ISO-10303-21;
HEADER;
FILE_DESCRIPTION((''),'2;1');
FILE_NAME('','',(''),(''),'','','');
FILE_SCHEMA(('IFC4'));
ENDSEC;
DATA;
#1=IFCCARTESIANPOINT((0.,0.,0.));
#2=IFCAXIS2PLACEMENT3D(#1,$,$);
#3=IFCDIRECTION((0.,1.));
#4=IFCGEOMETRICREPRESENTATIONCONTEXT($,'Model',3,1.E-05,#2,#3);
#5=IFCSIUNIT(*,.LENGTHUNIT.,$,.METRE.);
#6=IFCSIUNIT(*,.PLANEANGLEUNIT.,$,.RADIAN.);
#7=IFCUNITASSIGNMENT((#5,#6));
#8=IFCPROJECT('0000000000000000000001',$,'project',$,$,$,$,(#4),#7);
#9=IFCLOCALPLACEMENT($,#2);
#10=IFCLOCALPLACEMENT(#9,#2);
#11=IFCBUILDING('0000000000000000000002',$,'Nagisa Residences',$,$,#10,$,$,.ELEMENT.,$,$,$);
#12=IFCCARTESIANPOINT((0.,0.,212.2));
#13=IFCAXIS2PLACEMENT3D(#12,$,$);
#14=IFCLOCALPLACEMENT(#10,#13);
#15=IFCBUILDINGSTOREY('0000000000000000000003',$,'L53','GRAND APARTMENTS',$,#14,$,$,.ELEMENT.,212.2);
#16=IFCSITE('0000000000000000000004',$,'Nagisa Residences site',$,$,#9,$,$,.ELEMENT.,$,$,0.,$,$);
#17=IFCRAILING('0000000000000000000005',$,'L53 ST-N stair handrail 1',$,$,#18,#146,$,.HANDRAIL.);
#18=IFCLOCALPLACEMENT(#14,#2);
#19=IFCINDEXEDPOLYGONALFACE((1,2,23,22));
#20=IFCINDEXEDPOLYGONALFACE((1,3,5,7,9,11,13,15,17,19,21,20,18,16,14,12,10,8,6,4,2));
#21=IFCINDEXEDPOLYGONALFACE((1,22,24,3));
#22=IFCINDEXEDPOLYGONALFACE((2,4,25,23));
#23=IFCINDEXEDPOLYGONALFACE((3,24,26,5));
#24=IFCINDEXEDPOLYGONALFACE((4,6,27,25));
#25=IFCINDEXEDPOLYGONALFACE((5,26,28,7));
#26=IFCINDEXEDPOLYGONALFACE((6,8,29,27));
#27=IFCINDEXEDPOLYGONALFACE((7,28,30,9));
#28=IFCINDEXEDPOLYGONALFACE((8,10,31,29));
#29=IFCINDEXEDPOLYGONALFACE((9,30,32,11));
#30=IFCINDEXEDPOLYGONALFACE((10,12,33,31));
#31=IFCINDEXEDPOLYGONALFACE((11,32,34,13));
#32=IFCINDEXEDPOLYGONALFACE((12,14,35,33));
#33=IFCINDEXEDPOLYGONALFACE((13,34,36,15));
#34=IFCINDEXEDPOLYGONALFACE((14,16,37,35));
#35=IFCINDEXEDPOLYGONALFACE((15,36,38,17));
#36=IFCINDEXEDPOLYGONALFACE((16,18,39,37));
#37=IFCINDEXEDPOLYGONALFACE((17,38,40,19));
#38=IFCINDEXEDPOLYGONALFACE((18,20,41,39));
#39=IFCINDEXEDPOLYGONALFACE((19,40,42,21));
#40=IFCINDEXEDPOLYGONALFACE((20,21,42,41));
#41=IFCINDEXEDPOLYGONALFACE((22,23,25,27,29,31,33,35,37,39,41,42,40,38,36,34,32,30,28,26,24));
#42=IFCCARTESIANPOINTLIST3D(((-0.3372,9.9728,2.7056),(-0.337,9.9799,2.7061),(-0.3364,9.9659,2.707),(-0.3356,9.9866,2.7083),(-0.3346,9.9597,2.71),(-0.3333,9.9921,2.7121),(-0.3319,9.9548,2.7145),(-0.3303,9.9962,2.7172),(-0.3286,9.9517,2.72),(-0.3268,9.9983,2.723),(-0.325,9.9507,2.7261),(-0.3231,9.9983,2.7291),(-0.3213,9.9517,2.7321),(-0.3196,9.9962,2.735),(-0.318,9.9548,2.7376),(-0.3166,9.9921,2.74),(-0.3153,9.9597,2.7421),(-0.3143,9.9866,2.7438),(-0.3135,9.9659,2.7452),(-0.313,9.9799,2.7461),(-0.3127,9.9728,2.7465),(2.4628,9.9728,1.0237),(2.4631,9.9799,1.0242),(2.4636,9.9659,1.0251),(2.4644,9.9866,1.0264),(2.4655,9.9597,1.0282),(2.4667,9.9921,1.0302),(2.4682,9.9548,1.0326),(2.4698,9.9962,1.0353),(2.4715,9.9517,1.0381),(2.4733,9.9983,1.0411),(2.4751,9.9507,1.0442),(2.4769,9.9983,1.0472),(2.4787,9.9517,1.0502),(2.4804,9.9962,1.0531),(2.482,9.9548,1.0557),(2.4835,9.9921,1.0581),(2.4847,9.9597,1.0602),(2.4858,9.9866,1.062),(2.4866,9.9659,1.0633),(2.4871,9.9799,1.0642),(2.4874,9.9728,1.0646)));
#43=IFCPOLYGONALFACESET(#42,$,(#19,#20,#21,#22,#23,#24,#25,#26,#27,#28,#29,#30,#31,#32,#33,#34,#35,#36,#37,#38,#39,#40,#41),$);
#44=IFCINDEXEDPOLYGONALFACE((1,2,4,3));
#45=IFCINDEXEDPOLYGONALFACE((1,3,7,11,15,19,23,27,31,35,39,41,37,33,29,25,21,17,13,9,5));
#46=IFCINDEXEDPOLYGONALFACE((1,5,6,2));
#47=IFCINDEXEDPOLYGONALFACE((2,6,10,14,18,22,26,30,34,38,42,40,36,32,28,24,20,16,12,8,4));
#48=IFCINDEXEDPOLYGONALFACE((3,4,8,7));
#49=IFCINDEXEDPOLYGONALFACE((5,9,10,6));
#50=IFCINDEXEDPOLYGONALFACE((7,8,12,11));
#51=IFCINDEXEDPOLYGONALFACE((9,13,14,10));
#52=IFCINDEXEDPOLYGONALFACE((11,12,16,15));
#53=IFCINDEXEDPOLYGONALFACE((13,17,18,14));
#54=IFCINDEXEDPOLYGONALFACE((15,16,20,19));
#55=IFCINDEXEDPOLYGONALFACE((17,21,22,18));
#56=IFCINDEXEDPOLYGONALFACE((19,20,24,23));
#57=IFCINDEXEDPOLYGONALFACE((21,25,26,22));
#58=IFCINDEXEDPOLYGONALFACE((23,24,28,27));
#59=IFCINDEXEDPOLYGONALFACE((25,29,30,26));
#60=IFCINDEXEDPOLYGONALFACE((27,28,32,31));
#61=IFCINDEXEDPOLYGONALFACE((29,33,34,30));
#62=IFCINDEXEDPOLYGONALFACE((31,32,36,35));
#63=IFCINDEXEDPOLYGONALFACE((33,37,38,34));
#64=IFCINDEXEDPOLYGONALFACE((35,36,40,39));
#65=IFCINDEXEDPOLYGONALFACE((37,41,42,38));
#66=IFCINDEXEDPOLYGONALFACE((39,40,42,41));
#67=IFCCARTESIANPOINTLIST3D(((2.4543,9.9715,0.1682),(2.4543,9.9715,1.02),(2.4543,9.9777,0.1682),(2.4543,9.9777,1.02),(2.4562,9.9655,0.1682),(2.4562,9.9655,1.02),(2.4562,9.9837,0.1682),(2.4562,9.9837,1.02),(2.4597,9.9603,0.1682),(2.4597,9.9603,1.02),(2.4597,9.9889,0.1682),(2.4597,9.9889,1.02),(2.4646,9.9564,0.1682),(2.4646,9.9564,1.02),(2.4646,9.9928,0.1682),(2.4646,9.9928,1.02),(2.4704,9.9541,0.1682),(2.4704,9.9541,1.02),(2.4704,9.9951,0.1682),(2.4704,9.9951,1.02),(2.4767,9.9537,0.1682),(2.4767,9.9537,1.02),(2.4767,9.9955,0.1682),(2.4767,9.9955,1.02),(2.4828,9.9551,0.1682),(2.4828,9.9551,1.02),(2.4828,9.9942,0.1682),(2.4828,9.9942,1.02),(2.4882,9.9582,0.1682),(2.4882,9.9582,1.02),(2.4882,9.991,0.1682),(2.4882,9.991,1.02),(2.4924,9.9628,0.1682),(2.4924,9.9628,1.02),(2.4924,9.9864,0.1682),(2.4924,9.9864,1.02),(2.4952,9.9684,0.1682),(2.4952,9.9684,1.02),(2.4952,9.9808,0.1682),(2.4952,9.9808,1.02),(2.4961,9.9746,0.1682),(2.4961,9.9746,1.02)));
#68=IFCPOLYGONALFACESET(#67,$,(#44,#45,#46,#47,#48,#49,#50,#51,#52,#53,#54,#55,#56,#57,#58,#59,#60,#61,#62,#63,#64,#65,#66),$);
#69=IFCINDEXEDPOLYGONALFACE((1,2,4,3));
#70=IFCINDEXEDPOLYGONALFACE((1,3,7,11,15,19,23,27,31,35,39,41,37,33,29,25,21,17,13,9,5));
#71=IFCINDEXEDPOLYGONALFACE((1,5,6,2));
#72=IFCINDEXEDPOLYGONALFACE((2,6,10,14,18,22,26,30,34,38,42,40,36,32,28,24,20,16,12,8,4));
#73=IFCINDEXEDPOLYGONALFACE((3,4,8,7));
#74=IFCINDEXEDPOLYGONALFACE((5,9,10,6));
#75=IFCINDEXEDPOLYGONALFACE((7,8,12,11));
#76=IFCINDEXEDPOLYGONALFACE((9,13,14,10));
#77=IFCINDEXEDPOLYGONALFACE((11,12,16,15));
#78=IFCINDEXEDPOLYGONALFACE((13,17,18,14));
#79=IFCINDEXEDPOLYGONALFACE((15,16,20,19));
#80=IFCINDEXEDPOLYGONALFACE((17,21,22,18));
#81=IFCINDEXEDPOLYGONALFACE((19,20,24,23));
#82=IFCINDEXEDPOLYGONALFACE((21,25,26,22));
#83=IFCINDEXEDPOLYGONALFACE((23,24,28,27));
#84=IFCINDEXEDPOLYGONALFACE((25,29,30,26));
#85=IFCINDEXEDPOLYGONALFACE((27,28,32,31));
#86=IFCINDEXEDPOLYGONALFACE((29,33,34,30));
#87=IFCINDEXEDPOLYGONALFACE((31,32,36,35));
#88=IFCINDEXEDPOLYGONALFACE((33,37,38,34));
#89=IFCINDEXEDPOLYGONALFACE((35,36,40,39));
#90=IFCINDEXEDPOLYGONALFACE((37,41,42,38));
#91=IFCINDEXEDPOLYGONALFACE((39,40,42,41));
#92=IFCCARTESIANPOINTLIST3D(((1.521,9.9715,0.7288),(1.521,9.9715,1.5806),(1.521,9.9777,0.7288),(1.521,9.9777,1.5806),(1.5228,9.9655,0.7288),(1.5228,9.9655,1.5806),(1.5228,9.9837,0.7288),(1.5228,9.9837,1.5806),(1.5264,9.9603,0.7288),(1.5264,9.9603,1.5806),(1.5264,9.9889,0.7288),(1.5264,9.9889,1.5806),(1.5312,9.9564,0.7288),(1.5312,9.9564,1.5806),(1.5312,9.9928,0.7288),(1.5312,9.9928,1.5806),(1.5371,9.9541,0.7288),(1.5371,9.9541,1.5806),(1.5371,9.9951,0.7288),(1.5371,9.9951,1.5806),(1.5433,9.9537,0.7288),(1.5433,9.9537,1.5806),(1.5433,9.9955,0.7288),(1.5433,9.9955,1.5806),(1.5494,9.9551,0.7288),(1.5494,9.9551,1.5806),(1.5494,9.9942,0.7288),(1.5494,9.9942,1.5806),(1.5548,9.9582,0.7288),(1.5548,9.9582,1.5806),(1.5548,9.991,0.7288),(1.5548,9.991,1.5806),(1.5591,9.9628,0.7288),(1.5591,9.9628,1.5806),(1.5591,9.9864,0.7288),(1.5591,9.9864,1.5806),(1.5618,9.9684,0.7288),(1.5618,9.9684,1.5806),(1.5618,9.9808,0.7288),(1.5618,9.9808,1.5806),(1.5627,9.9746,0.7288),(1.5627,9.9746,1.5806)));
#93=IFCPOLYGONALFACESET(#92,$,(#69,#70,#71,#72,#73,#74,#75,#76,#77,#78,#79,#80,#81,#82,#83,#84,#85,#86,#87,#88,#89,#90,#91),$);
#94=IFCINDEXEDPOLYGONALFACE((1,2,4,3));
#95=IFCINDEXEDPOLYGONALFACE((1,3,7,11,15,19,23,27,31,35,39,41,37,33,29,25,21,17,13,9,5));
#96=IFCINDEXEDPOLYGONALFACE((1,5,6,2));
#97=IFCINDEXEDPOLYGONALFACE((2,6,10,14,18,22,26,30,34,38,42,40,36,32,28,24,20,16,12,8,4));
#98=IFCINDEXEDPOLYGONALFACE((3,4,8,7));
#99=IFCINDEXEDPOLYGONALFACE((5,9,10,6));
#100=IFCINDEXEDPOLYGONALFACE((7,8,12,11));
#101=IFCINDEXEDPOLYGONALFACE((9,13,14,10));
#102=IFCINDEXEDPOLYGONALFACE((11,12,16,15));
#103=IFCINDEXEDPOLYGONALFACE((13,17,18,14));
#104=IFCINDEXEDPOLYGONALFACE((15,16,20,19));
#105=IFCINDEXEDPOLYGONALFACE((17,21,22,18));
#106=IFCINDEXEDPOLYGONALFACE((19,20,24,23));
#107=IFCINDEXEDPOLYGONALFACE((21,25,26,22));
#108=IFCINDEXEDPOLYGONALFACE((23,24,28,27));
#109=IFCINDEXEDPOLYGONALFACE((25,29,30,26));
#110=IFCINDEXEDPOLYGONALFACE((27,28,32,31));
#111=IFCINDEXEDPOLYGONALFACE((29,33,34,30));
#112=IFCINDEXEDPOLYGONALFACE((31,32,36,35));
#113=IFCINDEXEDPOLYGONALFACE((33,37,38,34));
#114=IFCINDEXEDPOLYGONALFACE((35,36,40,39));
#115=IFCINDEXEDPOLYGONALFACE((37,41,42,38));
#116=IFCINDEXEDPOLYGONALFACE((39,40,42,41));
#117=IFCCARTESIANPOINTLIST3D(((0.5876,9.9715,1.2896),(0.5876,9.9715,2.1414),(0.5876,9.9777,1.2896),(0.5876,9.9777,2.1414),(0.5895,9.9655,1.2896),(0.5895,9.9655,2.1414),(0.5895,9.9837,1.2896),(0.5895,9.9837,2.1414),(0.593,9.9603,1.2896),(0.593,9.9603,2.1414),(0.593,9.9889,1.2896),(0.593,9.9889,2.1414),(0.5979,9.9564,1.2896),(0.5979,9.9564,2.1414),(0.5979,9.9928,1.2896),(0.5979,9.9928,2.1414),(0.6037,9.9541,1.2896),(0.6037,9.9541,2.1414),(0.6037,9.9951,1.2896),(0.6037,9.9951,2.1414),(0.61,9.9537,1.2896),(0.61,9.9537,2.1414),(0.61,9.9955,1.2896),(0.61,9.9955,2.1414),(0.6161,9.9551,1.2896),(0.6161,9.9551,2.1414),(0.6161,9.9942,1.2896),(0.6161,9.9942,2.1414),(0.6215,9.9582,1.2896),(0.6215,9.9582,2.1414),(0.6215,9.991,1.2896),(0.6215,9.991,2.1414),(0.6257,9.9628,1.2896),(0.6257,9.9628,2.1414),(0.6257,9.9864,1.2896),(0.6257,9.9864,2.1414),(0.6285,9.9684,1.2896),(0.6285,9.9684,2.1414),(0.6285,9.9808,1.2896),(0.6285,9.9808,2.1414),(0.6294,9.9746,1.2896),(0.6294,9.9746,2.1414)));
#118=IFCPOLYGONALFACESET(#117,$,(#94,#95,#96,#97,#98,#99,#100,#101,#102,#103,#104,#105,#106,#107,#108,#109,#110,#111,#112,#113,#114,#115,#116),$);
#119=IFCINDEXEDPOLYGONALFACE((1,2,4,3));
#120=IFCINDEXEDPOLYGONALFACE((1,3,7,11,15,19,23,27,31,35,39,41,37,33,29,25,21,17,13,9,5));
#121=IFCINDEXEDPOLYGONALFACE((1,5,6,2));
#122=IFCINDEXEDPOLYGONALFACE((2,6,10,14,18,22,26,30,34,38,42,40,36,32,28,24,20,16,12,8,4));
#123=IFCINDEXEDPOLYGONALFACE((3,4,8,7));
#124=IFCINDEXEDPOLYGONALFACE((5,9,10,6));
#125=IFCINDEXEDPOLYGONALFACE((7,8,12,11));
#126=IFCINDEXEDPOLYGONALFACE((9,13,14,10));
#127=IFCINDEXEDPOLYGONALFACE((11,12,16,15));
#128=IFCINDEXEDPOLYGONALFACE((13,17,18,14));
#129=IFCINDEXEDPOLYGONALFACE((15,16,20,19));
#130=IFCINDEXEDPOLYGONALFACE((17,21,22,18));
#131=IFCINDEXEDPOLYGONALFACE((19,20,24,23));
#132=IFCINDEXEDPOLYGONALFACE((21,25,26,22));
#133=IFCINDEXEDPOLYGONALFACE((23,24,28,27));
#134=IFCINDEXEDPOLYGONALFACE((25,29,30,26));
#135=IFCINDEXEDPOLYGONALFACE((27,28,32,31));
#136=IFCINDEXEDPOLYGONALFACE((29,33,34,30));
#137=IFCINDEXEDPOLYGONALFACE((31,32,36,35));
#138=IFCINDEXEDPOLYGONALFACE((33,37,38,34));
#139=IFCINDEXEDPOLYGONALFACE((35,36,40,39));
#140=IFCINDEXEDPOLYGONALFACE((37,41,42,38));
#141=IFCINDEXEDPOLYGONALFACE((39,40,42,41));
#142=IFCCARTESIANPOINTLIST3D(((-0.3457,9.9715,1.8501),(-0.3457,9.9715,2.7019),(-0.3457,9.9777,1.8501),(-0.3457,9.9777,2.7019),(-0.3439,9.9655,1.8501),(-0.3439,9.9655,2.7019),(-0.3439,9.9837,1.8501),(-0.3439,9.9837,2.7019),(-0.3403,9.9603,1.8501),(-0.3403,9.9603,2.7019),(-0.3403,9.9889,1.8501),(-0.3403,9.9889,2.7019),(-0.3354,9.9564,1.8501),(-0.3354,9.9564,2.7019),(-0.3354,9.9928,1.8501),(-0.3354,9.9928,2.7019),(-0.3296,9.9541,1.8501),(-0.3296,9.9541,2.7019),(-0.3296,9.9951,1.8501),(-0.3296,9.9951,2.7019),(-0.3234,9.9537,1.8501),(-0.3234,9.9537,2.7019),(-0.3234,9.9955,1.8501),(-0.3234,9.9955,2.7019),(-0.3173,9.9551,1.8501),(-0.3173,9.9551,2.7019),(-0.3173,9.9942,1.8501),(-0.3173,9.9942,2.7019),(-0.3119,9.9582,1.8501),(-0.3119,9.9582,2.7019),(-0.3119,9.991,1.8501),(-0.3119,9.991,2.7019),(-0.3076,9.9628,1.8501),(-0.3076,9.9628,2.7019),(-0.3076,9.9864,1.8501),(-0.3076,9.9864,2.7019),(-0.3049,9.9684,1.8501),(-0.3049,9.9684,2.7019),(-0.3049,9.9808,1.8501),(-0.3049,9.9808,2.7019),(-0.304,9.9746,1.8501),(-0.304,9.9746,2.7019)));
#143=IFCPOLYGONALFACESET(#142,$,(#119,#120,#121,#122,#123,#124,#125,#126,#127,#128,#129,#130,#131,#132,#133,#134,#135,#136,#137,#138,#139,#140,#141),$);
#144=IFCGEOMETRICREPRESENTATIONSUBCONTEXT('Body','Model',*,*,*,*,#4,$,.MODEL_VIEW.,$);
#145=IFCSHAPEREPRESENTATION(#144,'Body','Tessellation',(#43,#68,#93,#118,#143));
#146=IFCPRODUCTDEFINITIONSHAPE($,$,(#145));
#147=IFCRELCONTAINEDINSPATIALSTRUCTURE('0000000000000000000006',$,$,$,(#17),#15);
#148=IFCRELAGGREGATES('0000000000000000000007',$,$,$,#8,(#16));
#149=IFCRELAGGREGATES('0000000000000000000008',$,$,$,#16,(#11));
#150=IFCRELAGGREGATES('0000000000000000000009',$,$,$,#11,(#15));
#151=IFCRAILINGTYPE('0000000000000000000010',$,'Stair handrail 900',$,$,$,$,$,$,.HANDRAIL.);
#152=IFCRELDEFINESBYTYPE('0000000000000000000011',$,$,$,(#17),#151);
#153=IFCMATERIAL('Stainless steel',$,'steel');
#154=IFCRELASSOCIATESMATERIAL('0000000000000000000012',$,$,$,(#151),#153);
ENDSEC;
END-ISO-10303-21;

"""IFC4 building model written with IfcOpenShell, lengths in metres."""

from ifc_helpers import new_model, si_unit, direction, frame, origin, origin_2d, place, context, subcontext, project, spatial, circle, extrude, material, type_object, element, save


model = new_model("IFC4")

# Units and contexts
model_context = context("Model", 3, precision=1e-05, world=origin(), true_north=direction((0.0, 1.0)))
body_context = subcontext(model_context, "Body", "Model", "MODEL_VIEW")
ifc_project = project(units=[si_unit("LENGTHUNIT", "METRE"), si_unit("PLANEANGLEUNIT", "RADIAN")], contexts=[model_context])

# Site, building, storey
site_placement = place(None, origin())
site = spatial("IfcSite", under=ifc_project, at=site_placement, Name="Nagisa Residences site", CompositionType="ELEMENT", RefElevation=0.0)
building_placement = place(site_placement, origin())
building = spatial("IfcBuilding", under=site, at=building_placement, Name="Nagisa Residences", CompositionType="ELEMENT")
storey_placement = place(building_placement, frame((0.0, 0.0, 212.2)))
storey = spatial("IfcBuildingStorey", under=building, at=storey_placement, Name="L53", Description="GRAND APARTMENTS", CompositionType="ELEMENT", Elevation=212.2)

# Railing
ifc_material_1 = material(Name="Stainless steel", Category="steel")
railing_type_1 = type_object("IfcRailingType", Name="Stair handrail 900", PredefinedType="HANDRAIL", material=ifc_material_1)
railing_1_placement = place(storey_placement, frame((2.4751, 9.9746, 0.1682)))
element("IfcRailing", 1, at=railing_1_placement, inside=storey, type_object=railing_type_1, Name="L53 ST-N stair handrail 1", PredefinedType="HANDRAIL", context=body_context, shape_type="SweptSolid", body=[
    extrude(circle(Radius=0.0239, at=origin_2d()), frame((0.0, 0.0, 0.876), z_axis=(-0.857242, 0.0, 0.514913), x_axis=(0.0, -1.0, 0.0)), (0.0, 0.0, 1.0), 3.2664),
    extrude(circle(Radius=0.021, at=origin_2d()), origin(), (0.0, 0.0, 1.0), 0.8518),
    extrude(circle(Radius=0.021, at=origin_2d()), frame((-0.9333, 0.0, 0.5605)), (0.0, 0.0, 1.0), 0.8518),
    extrude(circle(Radius=0.021, at=origin_2d()), frame((-1.8667, 0.0, 1.1213)), (0.0, 0.0, 1.0), 0.8518),
    extrude(circle(Radius=0.021, at=origin_2d()), frame((-2.8, 0.0, 1.6819)), (0.0, 0.0, 1.0), 0.8518),
])

save(model, "model.ifc")
